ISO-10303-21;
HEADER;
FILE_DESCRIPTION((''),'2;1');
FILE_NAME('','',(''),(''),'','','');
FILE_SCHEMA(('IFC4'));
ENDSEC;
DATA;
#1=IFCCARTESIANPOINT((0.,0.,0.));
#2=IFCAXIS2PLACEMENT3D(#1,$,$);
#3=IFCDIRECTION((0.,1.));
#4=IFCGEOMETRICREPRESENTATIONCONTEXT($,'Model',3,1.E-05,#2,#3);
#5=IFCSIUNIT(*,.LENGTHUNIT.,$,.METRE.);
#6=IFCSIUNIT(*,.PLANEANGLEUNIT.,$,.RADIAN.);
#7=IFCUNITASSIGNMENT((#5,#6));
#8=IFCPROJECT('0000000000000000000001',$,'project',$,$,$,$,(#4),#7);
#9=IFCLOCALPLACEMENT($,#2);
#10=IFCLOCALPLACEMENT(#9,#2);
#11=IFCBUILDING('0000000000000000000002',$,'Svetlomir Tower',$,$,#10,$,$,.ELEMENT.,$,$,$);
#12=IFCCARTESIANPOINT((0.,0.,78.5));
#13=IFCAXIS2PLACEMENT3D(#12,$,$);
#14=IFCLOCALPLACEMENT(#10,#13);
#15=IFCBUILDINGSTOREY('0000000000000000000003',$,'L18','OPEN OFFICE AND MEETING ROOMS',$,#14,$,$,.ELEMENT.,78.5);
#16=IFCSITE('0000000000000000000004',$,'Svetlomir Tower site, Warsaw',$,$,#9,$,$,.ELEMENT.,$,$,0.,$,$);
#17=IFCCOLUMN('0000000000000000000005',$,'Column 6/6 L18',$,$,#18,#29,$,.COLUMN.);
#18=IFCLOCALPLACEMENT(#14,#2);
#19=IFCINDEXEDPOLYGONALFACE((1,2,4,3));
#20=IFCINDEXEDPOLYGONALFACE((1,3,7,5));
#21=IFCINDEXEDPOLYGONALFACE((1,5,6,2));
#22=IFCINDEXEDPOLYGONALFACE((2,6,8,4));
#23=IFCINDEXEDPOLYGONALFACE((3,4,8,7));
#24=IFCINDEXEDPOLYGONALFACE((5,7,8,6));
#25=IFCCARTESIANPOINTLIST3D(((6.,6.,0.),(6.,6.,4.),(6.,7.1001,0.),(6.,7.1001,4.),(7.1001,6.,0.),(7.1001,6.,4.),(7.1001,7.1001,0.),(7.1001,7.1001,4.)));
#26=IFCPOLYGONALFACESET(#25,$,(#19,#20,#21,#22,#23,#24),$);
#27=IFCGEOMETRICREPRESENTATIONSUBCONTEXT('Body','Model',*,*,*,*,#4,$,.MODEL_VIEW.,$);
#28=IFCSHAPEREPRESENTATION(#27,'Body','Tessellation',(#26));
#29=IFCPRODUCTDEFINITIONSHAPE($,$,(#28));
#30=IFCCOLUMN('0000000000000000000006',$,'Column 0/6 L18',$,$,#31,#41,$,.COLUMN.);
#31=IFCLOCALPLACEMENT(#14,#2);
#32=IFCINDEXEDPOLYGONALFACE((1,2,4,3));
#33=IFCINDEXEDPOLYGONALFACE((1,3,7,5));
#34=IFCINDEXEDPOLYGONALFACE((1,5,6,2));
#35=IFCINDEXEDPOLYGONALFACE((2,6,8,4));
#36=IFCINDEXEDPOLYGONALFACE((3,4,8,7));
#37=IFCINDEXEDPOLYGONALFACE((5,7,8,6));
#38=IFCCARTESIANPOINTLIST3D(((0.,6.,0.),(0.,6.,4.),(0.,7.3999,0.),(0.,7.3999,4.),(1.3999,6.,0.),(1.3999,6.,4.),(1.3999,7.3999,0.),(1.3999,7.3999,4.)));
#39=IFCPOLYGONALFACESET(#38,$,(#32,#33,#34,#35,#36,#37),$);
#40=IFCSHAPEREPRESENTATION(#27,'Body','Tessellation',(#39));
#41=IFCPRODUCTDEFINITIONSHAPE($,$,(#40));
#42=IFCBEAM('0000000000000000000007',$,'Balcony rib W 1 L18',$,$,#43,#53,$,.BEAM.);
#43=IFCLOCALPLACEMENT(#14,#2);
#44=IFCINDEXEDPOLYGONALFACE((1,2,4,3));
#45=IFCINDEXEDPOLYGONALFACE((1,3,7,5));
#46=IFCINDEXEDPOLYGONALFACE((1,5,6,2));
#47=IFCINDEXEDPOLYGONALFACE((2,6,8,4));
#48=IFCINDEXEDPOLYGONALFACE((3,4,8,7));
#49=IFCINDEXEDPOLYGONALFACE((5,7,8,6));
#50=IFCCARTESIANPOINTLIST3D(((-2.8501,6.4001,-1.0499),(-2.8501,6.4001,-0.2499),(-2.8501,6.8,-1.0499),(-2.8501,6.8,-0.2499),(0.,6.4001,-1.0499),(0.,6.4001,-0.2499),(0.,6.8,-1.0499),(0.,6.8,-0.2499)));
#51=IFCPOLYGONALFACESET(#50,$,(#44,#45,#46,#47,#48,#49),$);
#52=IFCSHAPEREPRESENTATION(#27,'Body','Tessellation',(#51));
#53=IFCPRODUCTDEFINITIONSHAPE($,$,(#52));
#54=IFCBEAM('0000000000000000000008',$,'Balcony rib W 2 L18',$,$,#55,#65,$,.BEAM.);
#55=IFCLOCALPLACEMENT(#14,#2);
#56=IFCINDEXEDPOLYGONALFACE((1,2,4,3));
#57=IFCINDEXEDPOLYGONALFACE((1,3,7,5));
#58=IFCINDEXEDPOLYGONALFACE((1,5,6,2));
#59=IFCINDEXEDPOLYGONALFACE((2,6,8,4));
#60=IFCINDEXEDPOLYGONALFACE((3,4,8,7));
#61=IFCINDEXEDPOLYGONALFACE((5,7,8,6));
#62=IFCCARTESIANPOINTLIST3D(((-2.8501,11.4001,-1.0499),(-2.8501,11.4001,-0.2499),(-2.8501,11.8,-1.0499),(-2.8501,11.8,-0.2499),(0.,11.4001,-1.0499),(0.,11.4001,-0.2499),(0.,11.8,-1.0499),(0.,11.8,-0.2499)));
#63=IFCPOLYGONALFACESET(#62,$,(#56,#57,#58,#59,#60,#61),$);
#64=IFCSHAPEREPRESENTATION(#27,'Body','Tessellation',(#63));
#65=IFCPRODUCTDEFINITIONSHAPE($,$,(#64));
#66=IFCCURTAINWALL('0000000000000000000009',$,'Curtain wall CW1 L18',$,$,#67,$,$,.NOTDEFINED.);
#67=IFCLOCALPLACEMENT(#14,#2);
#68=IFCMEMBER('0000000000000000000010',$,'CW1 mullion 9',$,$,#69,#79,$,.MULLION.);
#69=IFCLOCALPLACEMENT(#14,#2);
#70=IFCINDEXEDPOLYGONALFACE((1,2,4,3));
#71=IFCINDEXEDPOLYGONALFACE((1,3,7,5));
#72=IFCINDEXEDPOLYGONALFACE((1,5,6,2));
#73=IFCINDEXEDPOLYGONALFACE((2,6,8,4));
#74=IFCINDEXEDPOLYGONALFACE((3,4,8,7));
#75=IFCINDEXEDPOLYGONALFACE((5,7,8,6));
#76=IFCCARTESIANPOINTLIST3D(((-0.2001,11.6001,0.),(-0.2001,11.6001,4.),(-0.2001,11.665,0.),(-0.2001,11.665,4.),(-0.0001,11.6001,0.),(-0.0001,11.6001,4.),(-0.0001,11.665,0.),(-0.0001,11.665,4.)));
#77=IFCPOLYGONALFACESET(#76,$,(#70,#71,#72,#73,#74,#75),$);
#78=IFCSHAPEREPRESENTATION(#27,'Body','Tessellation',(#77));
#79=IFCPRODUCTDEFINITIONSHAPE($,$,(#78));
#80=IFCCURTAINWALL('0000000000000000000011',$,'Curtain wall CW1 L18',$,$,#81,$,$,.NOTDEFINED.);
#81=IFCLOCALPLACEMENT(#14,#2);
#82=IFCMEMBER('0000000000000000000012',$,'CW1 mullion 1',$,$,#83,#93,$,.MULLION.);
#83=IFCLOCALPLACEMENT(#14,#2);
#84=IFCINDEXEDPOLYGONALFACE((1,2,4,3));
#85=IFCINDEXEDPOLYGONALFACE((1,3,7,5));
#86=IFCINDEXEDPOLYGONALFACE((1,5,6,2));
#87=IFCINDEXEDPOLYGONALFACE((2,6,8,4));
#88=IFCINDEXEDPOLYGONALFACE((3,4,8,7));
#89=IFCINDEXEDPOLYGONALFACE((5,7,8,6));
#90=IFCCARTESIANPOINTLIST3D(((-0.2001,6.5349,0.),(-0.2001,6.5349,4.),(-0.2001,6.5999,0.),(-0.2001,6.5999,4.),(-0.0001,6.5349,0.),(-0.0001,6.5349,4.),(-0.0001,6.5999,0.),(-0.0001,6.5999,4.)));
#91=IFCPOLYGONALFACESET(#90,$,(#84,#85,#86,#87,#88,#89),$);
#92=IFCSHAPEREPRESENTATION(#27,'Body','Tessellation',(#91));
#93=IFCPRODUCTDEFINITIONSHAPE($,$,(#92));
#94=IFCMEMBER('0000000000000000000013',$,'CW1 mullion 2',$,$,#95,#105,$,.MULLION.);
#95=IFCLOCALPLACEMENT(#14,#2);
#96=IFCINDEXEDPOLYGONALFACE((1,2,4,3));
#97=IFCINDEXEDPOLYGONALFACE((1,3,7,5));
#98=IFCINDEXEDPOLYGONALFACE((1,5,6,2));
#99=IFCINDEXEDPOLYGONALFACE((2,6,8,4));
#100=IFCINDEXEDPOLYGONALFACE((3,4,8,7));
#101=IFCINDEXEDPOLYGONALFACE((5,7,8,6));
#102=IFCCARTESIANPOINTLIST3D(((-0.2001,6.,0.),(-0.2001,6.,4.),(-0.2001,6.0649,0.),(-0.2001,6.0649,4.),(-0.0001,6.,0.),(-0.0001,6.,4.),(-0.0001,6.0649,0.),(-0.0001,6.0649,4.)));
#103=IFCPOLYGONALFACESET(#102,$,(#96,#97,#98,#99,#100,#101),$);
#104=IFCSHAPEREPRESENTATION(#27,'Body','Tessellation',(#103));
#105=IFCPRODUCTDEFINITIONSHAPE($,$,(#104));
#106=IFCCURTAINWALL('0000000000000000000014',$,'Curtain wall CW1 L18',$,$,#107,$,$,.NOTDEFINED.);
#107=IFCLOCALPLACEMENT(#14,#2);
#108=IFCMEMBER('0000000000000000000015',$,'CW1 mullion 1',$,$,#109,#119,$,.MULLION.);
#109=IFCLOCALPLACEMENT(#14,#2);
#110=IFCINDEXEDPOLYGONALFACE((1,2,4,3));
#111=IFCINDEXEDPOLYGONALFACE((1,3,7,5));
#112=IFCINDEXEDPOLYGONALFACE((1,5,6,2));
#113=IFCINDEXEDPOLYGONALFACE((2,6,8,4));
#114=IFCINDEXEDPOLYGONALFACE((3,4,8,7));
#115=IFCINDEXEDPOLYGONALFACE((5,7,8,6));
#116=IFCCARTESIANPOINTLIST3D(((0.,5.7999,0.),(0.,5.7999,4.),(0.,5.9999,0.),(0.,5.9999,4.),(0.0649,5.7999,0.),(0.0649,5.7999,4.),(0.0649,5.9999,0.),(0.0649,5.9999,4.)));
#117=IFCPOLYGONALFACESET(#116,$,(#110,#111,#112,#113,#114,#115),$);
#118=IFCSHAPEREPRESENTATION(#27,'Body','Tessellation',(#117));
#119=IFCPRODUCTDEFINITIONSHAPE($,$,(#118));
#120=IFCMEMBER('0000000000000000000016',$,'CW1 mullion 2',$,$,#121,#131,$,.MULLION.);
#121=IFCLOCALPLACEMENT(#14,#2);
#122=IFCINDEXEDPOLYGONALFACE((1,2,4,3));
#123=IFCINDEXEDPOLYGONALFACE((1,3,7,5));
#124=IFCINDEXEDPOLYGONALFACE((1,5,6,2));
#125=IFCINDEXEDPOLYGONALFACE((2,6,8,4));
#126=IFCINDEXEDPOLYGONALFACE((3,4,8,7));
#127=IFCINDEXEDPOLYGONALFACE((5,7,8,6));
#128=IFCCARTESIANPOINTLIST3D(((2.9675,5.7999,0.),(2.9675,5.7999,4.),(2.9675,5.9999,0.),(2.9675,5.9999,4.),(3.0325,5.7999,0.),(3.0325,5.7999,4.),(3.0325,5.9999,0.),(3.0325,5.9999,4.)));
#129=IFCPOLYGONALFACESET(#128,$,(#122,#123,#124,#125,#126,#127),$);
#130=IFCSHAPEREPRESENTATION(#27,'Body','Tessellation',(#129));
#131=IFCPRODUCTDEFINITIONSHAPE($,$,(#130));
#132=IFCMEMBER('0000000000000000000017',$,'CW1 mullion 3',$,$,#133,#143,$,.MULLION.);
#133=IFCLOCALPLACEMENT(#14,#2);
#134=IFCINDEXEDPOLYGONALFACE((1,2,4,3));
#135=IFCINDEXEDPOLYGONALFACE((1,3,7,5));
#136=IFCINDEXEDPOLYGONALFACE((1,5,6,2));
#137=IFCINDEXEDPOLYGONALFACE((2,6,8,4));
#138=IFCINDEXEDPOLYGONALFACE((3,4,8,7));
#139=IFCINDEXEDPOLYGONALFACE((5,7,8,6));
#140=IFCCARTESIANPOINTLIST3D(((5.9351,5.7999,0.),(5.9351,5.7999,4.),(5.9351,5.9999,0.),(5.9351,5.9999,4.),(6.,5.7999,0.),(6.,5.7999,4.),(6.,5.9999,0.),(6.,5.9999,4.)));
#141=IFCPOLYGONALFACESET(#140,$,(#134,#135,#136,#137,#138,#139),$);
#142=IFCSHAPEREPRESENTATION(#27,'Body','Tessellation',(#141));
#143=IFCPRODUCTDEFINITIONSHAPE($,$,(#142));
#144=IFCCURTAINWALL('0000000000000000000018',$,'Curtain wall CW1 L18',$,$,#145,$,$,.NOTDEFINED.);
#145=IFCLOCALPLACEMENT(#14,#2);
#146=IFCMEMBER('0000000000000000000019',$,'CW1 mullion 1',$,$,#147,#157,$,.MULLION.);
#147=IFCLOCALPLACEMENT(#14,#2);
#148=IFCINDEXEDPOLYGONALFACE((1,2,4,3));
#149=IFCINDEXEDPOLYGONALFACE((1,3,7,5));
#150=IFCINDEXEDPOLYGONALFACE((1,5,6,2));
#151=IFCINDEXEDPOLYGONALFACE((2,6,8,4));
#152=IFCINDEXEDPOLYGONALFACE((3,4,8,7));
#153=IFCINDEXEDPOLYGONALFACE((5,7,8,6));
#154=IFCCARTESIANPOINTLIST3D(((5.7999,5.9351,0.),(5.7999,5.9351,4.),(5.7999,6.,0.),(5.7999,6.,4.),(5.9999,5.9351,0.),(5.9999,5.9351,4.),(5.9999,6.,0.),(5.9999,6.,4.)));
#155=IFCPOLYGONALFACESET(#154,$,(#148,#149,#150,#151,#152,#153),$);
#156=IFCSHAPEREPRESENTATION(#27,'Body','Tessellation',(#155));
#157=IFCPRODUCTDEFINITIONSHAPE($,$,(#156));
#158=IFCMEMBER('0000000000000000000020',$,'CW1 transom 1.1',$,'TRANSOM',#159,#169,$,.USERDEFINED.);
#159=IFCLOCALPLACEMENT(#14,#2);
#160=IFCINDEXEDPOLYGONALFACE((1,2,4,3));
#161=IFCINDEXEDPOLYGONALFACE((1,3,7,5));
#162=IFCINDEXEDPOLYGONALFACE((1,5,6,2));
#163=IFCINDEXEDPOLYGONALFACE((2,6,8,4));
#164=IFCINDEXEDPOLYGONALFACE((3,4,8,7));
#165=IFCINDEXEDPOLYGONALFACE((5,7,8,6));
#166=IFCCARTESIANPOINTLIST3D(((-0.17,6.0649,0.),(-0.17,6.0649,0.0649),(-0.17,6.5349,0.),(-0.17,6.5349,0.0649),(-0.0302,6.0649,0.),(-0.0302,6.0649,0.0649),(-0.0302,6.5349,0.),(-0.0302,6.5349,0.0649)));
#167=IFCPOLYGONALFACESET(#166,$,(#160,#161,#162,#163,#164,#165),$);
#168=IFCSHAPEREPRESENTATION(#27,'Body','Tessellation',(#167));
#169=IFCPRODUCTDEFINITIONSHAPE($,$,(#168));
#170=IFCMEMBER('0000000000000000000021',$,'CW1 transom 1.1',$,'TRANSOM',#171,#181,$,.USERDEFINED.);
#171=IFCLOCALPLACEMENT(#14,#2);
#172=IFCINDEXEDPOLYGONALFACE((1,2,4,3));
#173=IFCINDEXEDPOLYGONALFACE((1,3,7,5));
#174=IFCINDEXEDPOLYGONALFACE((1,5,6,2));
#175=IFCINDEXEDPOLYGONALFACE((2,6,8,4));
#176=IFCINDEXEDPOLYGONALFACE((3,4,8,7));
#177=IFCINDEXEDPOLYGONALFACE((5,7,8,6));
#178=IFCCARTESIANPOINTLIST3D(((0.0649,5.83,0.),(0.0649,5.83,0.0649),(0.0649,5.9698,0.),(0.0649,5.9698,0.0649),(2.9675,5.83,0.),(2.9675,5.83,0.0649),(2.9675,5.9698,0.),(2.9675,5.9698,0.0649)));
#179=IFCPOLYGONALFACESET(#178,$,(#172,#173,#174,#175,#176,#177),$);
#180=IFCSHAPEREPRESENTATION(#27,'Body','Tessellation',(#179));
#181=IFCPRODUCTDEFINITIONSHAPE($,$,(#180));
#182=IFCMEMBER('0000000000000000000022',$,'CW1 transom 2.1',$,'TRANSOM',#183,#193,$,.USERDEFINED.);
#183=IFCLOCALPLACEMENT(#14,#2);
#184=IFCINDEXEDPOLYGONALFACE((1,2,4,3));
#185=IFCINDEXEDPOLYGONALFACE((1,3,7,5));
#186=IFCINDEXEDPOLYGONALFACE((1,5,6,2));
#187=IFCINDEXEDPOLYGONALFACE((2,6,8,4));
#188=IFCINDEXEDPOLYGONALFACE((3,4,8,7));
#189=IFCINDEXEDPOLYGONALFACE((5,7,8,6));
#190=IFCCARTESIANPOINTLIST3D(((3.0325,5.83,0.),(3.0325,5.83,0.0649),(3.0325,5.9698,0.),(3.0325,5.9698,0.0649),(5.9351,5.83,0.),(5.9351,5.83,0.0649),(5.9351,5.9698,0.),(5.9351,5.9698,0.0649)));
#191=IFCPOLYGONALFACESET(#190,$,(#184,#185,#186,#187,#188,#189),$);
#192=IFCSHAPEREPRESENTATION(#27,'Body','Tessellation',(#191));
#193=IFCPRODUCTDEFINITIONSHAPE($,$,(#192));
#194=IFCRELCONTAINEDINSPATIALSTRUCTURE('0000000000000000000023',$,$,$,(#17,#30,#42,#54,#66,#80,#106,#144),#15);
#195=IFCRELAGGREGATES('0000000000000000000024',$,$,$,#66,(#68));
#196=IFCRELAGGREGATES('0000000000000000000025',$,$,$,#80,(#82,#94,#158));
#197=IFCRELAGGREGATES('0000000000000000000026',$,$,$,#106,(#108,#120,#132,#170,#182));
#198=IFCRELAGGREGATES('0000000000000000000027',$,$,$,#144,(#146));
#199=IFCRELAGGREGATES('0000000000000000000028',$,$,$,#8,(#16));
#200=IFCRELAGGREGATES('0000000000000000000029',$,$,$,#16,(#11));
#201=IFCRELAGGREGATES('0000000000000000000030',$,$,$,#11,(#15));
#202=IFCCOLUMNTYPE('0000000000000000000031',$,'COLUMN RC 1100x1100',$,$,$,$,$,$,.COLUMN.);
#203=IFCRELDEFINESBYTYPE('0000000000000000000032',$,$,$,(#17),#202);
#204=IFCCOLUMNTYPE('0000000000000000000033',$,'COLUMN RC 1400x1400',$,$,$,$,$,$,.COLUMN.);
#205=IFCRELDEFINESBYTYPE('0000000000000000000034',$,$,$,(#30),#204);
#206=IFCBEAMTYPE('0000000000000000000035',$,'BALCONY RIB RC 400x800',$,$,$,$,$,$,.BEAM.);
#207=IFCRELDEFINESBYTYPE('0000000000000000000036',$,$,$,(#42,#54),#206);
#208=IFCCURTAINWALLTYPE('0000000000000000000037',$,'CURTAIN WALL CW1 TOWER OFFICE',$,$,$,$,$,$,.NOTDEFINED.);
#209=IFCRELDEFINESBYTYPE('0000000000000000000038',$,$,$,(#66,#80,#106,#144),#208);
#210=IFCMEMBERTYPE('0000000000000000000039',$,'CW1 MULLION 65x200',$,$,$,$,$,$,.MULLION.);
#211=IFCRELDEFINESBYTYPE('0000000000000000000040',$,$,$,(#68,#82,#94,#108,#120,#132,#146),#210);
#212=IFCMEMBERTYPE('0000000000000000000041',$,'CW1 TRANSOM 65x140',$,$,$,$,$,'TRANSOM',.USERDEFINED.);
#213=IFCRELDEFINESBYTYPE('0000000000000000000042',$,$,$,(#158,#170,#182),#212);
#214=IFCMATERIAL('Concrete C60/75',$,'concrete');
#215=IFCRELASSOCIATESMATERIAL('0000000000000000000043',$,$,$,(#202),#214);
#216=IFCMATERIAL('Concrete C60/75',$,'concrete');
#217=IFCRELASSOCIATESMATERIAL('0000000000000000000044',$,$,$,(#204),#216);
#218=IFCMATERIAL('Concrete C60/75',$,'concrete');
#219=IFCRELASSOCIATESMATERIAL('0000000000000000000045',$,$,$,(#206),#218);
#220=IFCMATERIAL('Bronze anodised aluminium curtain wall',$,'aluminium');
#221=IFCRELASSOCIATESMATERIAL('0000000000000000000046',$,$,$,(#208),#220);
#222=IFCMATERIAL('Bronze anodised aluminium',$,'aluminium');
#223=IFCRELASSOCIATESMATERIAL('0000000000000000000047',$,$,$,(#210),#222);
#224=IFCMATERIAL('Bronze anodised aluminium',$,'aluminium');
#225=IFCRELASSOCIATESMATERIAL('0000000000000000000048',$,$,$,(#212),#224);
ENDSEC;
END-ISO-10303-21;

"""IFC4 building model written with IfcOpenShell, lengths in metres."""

from ifc_helpers import new_model, si_unit, direction, frame, origin, origin_2d, place, context, subcontext, project, spatial, rectangle, extrude, material, material_profile, profile_set, type_object, element, aggregate, save


model = new_model("IFC4")

# Units and contexts
model_context = context("Model", 3, precision=1e-05, world=origin(), true_north=direction((0.0, 1.0)))
body_context = subcontext(model_context, "Body", "Model", "MODEL_VIEW")
ifc_project = project(units=[si_unit("LENGTHUNIT", "METRE"), si_unit("PLANEANGLEUNIT", "RADIAN")], contexts=[model_context])

# Site, building, storey
site_placement = place(None, origin())
site = spatial("IfcSite", under=ifc_project, at=site_placement, Name="Svetlomir Tower site, Warsaw", CompositionType="ELEMENT", RefElevation=0.0)
building_placement = place(site_placement, origin())
building = spatial("IfcBuilding", under=site, at=building_placement, Name="Svetlomir Tower", CompositionType="ELEMENT")
storey_placement = place(building_placement, frame((0.0, 0.0, 78.5)))
storey = spatial("IfcBuildingStorey", under=building, at=storey_placement, Name="L18", Description="OPEN OFFICE AND MEETING ROOMS", CompositionType="ELEMENT", Elevation=78.5)

# Columns
ifc_material_1 = material(Name="Concrete C60/75", Category="concrete")
ifc_material_profile_1 = material_profile(ifc_material_1, rectangle(XDim=1.1001, YDim=1.1001, at=origin_2d()), Name="RC 1100x1100")
ifc_profile_set_1 = profile_set([ifc_material_profile_1], Name="Concrete C60/75")
column_type_1 = type_object("IfcColumnType", Name="COLUMN RC 1100x1100", PredefinedType="COLUMN", material=ifc_profile_set_1)
column_1_placement = place(storey_placement, frame((6.55, 6.55, 0.0), z_axis=(0.0, 0.0, 1.0), x_axis=(1.0, 0.0, 0.0)))
element("IfcColumn", 1, at=column_1_placement, inside=storey, type_object=column_type_1, Name="Column 6/6 L18", PredefinedType="COLUMN", context=body_context, shape_type="SweptSolid", body=[
    extrude(rectangle(XDim=1.1001, YDim=1.1001, at=origin_2d()), origin(), (0.0, 0.0, 1.0), 4.0),
])
ifc_material_2 = material(Name="Concrete C60/75", Category="concrete")
ifc_material_profile_2 = material_profile(ifc_material_2, rectangle(XDim=1.3999, YDim=1.3999, at=origin_2d()), Name="RC 1400x1400")
ifc_profile_set_2 = profile_set([ifc_material_profile_2], Name="Concrete C60/75")
column_type_2 = type_object("IfcColumnType", Name="COLUMN RC 1400x1400", PredefinedType="COLUMN", material=ifc_profile_set_2)
column_2_placement = place(storey_placement, frame((0.7, 6.7, 0.0), z_axis=(0.0, 0.0, 1.0), x_axis=(1.0, 0.0, 0.0)))
element("IfcColumn", 2, at=column_2_placement, inside=storey, type_object=column_type_2, Name="Column 0/6 L18", PredefinedType="COLUMN", context=body_context, shape_type="SweptSolid", body=[
    extrude(rectangle(XDim=1.3999, YDim=1.3999, at=origin_2d()), origin(), (0.0, 0.0, 1.0), 4.0),
])

# Beams
ifc_material_3 = material(Name="Concrete C60/75", Category="concrete")
ifc_material_profile_3 = material_profile(ifc_material_3, rectangle(XDim=0.3999, YDim=0.8, at=origin_2d()), Name="RC 400x800")
ifc_profile_set_3 = profile_set([ifc_material_profile_3], Name="Concrete C60/75")
beam_type_1 = type_object("IfcBeamType", Name="BALCONY RIB RC 400x800", PredefinedType="BEAM", material=ifc_profile_set_3)
for number, where, z_axis, x_axis, name in (
    (3, (0.0, 6.6001, -0.6499), (-1.0, 0.0, 0.0), (0.0, -1.0, 0.0), "Balcony rib W 1 L18"),
    (4, (0.0, 11.6001, -0.6499), (-1.0, 0.0, 0.0), (0.0, -1.0, 0.0), "Balcony rib W 2 L18"),
):
    element("IfcBeam", number, at=place(storey_placement, frame(where, z_axis=z_axis, x_axis=x_axis)), inside=storey, type_object=beam_type_1, Name=name, PredefinedType="BEAM", context=body_context, shape_type="SweptSolid", body=[
        extrude(rectangle(XDim=0.3999, YDim=0.8, at=origin_2d()), origin(), (0.0, 0.0, 1.0), 2.8501),
    ])

# Curtain wall, member
ifc_material_4 = material(Name="Bronze anodised aluminium curtain wall", Category="aluminium")
curtain_wall_type = type_object("IfcCurtainWallType", Name="CURTAIN WALL CW1 TOWER OFFICE", PredefinedType="NOTDEFINED", material=ifc_material_4)
curtain_wall_1_placement = place(storey_placement, origin())
curtain_wall_1 = element("IfcCurtainWall", 5, at=curtain_wall_1_placement, inside=storey, type_object=curtain_wall_type, Name="Curtain wall CW1 L18", PredefinedType="NOTDEFINED")
ifc_material_5 = material(Name="Bronze anodised aluminium", Category="aluminium")
ifc_material_profile_4 = material_profile(ifc_material_5, rectangle(XDim=0.0649, YDim=0.2, at=origin_2d()), Name="AL 65x200")
ifc_profile_set_4 = profile_set([ifc_material_profile_4], Name="Bronze anodised aluminium 6063-T6")
member_type_1 = type_object("IfcMemberType", Name="CW1 MULLION 65x200", PredefinedType="MULLION", material=ifc_profile_set_4)
member_1_placement = place(storey_placement, frame((-0.1001, 11.6326, 0.0), z_axis=(0.0, 0.0, 1.0), x_axis=(0.0, -1.0, 0.0)))
member_1 = element("IfcMember", 6, at=member_1_placement, type_object=member_type_1, Name="CW1 mullion 9", PredefinedType="MULLION", context=body_context, shape_type="SweptSolid", body=[
    extrude(rectangle(XDim=0.0649, YDim=0.2, at=origin_2d()), origin(), (0.0, 0.0, 1.0), 4.0),
])
aggregate(curtain_wall_1, [member_1])

# Curtain walls, members
curtain_wall_2_placement = place(storey_placement, origin())
curtain_wall_2 = element("IfcCurtainWall", 7, at=curtain_wall_2_placement, inside=storey, type_object=curtain_wall_type, Name="Curtain wall CW1 L18", PredefinedType="NOTDEFINED")
member_2_placement = place(storey_placement, frame((-0.1001, 6.5674, 0.0), z_axis=(0.0, 0.0, 1.0), x_axis=(0.0, -1.0, 0.0)))
member_2 = element("IfcMember", 8, at=member_2_placement, type_object=member_type_1, Name="CW1 mullion 1", PredefinedType="MULLION", context=body_context, shape_type="SweptSolid", body=[
    extrude(rectangle(XDim=0.0649, YDim=0.2, at=origin_2d()), origin(), (0.0, 0.0, 1.0), 4.0),
])
member_3_placement = place(storey_placement, frame((-0.1001, 6.0325, 0.0), z_axis=(0.0, 0.0, 1.0), x_axis=(0.0, -1.0, 0.0)))
member_3 = element("IfcMember", 9, at=member_3_placement, type_object=member_type_1, Name="CW1 mullion 2", PredefinedType="MULLION", context=body_context, shape_type="SweptSolid", body=[
    extrude(rectangle(XDim=0.0649, YDim=0.2, at=origin_2d()), origin(), (0.0, 0.0, 1.0), 4.0),
])
curtain_wall_3_placement = place(storey_placement, origin())
curtain_wall_3 = element("IfcCurtainWall", 10, at=curtain_wall_3_placement, inside=storey, type_object=curtain_wall_type, Name="Curtain wall CW1 L18", PredefinedType="NOTDEFINED")
member_4_placement = place(storey_placement, frame((0.0325, 5.8999, 0.0), z_axis=(0.0, 0.0, 1.0), x_axis=(1.0, 0.0, 0.0)))
member_4 = element("IfcMember", 11, at=member_4_placement, type_object=member_type_1, Name="CW1 mullion 1", PredefinedType="MULLION", context=body_context, shape_type="SweptSolid", body=[
    extrude(rectangle(XDim=0.0649, YDim=0.2, at=origin_2d()), origin(), (0.0, 0.0, 1.0), 4.0),
])
member_5_placement = place(storey_placement, frame((3.0, 5.8999, 0.0), z_axis=(0.0, 0.0, 1.0), x_axis=(1.0, 0.0, 0.0)))
member_5 = element("IfcMember", 12, at=member_5_placement, type_object=member_type_1, Name="CW1 mullion 2", PredefinedType="MULLION", context=body_context, shape_type="SweptSolid", body=[
    extrude(rectangle(XDim=0.0649, YDim=0.2, at=origin_2d()), origin(), (0.0, 0.0, 1.0), 4.0),
])
member_6_placement = place(storey_placement, frame((5.9675, 5.8999, 0.0), z_axis=(0.0, 0.0, 1.0), x_axis=(1.0, 0.0, 0.0)))
member_6 = element("IfcMember", 13, at=member_6_placement, type_object=member_type_1, Name="CW1 mullion 3", PredefinedType="MULLION", context=body_context, shape_type="SweptSolid", body=[
    extrude(rectangle(XDim=0.0649, YDim=0.2, at=origin_2d()), origin(), (0.0, 0.0, 1.0), 4.0),
])

# Curtain wall, member
curtain_wall_4_placement = place(storey_placement, origin())
curtain_wall_4 = element("IfcCurtainWall", 14, at=curtain_wall_4_placement, inside=storey, type_object=curtain_wall_type, Name="Curtain wall CW1 L18", PredefinedType="NOTDEFINED")
member_7_placement = place(storey_placement, frame((5.8999, 5.9675, 0.0), z_axis=(0.0, 0.0, 1.0), x_axis=(0.0, -1.0, 0.0)))
member_7 = element("IfcMember", 15, at=member_7_placement, type_object=member_type_1, Name="CW1 mullion 1", PredefinedType="MULLION", context=body_context, shape_type="SweptSolid", body=[
    extrude(rectangle(XDim=0.0649, YDim=0.2, at=origin_2d()), origin(), (0.0, 0.0, 1.0), 4.0),
])

# Members
ifc_material_6 = material(Name="Bronze anodised aluminium", Category="aluminium")
ifc_material_profile_5 = material_profile(ifc_material_6, rectangle(XDim=0.1399, YDim=0.0649, at=origin_2d()), Name="AL 140x65")
ifc_profile_set_5 = profile_set([ifc_material_profile_5], Name="Bronze anodised aluminium 6063-T6")
member_type_2 = type_object("IfcMemberType", Name="CW1 TRANSOM 65x140", ElementType="TRANSOM", PredefinedType="USERDEFINED", material=ifc_profile_set_5)
member_8_placement = place(storey_placement, frame((-0.1001, 6.5349, 0.0325), z_axis=(0.0, -1.0, 0.0), x_axis=(1.0, 0.0, 0.0)))
member_8 = element("IfcMember", 16, at=member_8_placement, type_object=member_type_2, Name="CW1 transom 1.1", ObjectType="TRANSOM", PredefinedType="USERDEFINED", context=body_context, shape_type="SweptSolid", body=[
    extrude(rectangle(XDim=0.1399, YDim=0.0649, at=origin_2d()), origin(), (0.0, 0.0, 1.0), 0.47),
])
member_9_placement = place(storey_placement, frame((0.0649, 5.8999, 0.0325), z_axis=(1.0, 0.0, 0.0), x_axis=(0.0, 1.0, 0.0)))
member_9 = element("IfcMember", 17, at=member_9_placement, type_object=member_type_2, Name="CW1 transom 1.1", ObjectType="TRANSOM", PredefinedType="USERDEFINED", context=body_context, shape_type="SweptSolid", body=[
    extrude(rectangle(XDim=0.1399, YDim=0.0649, at=origin_2d()), origin(), (0.0, 0.0, 1.0), 2.9026),
])
member_10_placement = place(storey_placement, frame((3.0325, 5.8999, 0.0325), z_axis=(1.0, 0.0, 0.0), x_axis=(0.0, 1.0, 0.0)))
member_10 = element("IfcMember", 18, at=member_10_placement, type_object=member_type_2, Name="CW1 transom 2.1", ObjectType="TRANSOM", PredefinedType="USERDEFINED", context=body_context, shape_type="SweptSolid", body=[
    extrude(rectangle(XDim=0.1399, YDim=0.0649, at=origin_2d()), origin(), (0.0, 0.0, 1.0), 2.9026),
])

aggregate(curtain_wall_2, [member_2, member_3, member_8])
aggregate(curtain_wall_3, [member_4, member_5, member_6, member_9, member_10])
aggregate(curtain_wall_4, [member_7])

save(model, "model.ifc")
